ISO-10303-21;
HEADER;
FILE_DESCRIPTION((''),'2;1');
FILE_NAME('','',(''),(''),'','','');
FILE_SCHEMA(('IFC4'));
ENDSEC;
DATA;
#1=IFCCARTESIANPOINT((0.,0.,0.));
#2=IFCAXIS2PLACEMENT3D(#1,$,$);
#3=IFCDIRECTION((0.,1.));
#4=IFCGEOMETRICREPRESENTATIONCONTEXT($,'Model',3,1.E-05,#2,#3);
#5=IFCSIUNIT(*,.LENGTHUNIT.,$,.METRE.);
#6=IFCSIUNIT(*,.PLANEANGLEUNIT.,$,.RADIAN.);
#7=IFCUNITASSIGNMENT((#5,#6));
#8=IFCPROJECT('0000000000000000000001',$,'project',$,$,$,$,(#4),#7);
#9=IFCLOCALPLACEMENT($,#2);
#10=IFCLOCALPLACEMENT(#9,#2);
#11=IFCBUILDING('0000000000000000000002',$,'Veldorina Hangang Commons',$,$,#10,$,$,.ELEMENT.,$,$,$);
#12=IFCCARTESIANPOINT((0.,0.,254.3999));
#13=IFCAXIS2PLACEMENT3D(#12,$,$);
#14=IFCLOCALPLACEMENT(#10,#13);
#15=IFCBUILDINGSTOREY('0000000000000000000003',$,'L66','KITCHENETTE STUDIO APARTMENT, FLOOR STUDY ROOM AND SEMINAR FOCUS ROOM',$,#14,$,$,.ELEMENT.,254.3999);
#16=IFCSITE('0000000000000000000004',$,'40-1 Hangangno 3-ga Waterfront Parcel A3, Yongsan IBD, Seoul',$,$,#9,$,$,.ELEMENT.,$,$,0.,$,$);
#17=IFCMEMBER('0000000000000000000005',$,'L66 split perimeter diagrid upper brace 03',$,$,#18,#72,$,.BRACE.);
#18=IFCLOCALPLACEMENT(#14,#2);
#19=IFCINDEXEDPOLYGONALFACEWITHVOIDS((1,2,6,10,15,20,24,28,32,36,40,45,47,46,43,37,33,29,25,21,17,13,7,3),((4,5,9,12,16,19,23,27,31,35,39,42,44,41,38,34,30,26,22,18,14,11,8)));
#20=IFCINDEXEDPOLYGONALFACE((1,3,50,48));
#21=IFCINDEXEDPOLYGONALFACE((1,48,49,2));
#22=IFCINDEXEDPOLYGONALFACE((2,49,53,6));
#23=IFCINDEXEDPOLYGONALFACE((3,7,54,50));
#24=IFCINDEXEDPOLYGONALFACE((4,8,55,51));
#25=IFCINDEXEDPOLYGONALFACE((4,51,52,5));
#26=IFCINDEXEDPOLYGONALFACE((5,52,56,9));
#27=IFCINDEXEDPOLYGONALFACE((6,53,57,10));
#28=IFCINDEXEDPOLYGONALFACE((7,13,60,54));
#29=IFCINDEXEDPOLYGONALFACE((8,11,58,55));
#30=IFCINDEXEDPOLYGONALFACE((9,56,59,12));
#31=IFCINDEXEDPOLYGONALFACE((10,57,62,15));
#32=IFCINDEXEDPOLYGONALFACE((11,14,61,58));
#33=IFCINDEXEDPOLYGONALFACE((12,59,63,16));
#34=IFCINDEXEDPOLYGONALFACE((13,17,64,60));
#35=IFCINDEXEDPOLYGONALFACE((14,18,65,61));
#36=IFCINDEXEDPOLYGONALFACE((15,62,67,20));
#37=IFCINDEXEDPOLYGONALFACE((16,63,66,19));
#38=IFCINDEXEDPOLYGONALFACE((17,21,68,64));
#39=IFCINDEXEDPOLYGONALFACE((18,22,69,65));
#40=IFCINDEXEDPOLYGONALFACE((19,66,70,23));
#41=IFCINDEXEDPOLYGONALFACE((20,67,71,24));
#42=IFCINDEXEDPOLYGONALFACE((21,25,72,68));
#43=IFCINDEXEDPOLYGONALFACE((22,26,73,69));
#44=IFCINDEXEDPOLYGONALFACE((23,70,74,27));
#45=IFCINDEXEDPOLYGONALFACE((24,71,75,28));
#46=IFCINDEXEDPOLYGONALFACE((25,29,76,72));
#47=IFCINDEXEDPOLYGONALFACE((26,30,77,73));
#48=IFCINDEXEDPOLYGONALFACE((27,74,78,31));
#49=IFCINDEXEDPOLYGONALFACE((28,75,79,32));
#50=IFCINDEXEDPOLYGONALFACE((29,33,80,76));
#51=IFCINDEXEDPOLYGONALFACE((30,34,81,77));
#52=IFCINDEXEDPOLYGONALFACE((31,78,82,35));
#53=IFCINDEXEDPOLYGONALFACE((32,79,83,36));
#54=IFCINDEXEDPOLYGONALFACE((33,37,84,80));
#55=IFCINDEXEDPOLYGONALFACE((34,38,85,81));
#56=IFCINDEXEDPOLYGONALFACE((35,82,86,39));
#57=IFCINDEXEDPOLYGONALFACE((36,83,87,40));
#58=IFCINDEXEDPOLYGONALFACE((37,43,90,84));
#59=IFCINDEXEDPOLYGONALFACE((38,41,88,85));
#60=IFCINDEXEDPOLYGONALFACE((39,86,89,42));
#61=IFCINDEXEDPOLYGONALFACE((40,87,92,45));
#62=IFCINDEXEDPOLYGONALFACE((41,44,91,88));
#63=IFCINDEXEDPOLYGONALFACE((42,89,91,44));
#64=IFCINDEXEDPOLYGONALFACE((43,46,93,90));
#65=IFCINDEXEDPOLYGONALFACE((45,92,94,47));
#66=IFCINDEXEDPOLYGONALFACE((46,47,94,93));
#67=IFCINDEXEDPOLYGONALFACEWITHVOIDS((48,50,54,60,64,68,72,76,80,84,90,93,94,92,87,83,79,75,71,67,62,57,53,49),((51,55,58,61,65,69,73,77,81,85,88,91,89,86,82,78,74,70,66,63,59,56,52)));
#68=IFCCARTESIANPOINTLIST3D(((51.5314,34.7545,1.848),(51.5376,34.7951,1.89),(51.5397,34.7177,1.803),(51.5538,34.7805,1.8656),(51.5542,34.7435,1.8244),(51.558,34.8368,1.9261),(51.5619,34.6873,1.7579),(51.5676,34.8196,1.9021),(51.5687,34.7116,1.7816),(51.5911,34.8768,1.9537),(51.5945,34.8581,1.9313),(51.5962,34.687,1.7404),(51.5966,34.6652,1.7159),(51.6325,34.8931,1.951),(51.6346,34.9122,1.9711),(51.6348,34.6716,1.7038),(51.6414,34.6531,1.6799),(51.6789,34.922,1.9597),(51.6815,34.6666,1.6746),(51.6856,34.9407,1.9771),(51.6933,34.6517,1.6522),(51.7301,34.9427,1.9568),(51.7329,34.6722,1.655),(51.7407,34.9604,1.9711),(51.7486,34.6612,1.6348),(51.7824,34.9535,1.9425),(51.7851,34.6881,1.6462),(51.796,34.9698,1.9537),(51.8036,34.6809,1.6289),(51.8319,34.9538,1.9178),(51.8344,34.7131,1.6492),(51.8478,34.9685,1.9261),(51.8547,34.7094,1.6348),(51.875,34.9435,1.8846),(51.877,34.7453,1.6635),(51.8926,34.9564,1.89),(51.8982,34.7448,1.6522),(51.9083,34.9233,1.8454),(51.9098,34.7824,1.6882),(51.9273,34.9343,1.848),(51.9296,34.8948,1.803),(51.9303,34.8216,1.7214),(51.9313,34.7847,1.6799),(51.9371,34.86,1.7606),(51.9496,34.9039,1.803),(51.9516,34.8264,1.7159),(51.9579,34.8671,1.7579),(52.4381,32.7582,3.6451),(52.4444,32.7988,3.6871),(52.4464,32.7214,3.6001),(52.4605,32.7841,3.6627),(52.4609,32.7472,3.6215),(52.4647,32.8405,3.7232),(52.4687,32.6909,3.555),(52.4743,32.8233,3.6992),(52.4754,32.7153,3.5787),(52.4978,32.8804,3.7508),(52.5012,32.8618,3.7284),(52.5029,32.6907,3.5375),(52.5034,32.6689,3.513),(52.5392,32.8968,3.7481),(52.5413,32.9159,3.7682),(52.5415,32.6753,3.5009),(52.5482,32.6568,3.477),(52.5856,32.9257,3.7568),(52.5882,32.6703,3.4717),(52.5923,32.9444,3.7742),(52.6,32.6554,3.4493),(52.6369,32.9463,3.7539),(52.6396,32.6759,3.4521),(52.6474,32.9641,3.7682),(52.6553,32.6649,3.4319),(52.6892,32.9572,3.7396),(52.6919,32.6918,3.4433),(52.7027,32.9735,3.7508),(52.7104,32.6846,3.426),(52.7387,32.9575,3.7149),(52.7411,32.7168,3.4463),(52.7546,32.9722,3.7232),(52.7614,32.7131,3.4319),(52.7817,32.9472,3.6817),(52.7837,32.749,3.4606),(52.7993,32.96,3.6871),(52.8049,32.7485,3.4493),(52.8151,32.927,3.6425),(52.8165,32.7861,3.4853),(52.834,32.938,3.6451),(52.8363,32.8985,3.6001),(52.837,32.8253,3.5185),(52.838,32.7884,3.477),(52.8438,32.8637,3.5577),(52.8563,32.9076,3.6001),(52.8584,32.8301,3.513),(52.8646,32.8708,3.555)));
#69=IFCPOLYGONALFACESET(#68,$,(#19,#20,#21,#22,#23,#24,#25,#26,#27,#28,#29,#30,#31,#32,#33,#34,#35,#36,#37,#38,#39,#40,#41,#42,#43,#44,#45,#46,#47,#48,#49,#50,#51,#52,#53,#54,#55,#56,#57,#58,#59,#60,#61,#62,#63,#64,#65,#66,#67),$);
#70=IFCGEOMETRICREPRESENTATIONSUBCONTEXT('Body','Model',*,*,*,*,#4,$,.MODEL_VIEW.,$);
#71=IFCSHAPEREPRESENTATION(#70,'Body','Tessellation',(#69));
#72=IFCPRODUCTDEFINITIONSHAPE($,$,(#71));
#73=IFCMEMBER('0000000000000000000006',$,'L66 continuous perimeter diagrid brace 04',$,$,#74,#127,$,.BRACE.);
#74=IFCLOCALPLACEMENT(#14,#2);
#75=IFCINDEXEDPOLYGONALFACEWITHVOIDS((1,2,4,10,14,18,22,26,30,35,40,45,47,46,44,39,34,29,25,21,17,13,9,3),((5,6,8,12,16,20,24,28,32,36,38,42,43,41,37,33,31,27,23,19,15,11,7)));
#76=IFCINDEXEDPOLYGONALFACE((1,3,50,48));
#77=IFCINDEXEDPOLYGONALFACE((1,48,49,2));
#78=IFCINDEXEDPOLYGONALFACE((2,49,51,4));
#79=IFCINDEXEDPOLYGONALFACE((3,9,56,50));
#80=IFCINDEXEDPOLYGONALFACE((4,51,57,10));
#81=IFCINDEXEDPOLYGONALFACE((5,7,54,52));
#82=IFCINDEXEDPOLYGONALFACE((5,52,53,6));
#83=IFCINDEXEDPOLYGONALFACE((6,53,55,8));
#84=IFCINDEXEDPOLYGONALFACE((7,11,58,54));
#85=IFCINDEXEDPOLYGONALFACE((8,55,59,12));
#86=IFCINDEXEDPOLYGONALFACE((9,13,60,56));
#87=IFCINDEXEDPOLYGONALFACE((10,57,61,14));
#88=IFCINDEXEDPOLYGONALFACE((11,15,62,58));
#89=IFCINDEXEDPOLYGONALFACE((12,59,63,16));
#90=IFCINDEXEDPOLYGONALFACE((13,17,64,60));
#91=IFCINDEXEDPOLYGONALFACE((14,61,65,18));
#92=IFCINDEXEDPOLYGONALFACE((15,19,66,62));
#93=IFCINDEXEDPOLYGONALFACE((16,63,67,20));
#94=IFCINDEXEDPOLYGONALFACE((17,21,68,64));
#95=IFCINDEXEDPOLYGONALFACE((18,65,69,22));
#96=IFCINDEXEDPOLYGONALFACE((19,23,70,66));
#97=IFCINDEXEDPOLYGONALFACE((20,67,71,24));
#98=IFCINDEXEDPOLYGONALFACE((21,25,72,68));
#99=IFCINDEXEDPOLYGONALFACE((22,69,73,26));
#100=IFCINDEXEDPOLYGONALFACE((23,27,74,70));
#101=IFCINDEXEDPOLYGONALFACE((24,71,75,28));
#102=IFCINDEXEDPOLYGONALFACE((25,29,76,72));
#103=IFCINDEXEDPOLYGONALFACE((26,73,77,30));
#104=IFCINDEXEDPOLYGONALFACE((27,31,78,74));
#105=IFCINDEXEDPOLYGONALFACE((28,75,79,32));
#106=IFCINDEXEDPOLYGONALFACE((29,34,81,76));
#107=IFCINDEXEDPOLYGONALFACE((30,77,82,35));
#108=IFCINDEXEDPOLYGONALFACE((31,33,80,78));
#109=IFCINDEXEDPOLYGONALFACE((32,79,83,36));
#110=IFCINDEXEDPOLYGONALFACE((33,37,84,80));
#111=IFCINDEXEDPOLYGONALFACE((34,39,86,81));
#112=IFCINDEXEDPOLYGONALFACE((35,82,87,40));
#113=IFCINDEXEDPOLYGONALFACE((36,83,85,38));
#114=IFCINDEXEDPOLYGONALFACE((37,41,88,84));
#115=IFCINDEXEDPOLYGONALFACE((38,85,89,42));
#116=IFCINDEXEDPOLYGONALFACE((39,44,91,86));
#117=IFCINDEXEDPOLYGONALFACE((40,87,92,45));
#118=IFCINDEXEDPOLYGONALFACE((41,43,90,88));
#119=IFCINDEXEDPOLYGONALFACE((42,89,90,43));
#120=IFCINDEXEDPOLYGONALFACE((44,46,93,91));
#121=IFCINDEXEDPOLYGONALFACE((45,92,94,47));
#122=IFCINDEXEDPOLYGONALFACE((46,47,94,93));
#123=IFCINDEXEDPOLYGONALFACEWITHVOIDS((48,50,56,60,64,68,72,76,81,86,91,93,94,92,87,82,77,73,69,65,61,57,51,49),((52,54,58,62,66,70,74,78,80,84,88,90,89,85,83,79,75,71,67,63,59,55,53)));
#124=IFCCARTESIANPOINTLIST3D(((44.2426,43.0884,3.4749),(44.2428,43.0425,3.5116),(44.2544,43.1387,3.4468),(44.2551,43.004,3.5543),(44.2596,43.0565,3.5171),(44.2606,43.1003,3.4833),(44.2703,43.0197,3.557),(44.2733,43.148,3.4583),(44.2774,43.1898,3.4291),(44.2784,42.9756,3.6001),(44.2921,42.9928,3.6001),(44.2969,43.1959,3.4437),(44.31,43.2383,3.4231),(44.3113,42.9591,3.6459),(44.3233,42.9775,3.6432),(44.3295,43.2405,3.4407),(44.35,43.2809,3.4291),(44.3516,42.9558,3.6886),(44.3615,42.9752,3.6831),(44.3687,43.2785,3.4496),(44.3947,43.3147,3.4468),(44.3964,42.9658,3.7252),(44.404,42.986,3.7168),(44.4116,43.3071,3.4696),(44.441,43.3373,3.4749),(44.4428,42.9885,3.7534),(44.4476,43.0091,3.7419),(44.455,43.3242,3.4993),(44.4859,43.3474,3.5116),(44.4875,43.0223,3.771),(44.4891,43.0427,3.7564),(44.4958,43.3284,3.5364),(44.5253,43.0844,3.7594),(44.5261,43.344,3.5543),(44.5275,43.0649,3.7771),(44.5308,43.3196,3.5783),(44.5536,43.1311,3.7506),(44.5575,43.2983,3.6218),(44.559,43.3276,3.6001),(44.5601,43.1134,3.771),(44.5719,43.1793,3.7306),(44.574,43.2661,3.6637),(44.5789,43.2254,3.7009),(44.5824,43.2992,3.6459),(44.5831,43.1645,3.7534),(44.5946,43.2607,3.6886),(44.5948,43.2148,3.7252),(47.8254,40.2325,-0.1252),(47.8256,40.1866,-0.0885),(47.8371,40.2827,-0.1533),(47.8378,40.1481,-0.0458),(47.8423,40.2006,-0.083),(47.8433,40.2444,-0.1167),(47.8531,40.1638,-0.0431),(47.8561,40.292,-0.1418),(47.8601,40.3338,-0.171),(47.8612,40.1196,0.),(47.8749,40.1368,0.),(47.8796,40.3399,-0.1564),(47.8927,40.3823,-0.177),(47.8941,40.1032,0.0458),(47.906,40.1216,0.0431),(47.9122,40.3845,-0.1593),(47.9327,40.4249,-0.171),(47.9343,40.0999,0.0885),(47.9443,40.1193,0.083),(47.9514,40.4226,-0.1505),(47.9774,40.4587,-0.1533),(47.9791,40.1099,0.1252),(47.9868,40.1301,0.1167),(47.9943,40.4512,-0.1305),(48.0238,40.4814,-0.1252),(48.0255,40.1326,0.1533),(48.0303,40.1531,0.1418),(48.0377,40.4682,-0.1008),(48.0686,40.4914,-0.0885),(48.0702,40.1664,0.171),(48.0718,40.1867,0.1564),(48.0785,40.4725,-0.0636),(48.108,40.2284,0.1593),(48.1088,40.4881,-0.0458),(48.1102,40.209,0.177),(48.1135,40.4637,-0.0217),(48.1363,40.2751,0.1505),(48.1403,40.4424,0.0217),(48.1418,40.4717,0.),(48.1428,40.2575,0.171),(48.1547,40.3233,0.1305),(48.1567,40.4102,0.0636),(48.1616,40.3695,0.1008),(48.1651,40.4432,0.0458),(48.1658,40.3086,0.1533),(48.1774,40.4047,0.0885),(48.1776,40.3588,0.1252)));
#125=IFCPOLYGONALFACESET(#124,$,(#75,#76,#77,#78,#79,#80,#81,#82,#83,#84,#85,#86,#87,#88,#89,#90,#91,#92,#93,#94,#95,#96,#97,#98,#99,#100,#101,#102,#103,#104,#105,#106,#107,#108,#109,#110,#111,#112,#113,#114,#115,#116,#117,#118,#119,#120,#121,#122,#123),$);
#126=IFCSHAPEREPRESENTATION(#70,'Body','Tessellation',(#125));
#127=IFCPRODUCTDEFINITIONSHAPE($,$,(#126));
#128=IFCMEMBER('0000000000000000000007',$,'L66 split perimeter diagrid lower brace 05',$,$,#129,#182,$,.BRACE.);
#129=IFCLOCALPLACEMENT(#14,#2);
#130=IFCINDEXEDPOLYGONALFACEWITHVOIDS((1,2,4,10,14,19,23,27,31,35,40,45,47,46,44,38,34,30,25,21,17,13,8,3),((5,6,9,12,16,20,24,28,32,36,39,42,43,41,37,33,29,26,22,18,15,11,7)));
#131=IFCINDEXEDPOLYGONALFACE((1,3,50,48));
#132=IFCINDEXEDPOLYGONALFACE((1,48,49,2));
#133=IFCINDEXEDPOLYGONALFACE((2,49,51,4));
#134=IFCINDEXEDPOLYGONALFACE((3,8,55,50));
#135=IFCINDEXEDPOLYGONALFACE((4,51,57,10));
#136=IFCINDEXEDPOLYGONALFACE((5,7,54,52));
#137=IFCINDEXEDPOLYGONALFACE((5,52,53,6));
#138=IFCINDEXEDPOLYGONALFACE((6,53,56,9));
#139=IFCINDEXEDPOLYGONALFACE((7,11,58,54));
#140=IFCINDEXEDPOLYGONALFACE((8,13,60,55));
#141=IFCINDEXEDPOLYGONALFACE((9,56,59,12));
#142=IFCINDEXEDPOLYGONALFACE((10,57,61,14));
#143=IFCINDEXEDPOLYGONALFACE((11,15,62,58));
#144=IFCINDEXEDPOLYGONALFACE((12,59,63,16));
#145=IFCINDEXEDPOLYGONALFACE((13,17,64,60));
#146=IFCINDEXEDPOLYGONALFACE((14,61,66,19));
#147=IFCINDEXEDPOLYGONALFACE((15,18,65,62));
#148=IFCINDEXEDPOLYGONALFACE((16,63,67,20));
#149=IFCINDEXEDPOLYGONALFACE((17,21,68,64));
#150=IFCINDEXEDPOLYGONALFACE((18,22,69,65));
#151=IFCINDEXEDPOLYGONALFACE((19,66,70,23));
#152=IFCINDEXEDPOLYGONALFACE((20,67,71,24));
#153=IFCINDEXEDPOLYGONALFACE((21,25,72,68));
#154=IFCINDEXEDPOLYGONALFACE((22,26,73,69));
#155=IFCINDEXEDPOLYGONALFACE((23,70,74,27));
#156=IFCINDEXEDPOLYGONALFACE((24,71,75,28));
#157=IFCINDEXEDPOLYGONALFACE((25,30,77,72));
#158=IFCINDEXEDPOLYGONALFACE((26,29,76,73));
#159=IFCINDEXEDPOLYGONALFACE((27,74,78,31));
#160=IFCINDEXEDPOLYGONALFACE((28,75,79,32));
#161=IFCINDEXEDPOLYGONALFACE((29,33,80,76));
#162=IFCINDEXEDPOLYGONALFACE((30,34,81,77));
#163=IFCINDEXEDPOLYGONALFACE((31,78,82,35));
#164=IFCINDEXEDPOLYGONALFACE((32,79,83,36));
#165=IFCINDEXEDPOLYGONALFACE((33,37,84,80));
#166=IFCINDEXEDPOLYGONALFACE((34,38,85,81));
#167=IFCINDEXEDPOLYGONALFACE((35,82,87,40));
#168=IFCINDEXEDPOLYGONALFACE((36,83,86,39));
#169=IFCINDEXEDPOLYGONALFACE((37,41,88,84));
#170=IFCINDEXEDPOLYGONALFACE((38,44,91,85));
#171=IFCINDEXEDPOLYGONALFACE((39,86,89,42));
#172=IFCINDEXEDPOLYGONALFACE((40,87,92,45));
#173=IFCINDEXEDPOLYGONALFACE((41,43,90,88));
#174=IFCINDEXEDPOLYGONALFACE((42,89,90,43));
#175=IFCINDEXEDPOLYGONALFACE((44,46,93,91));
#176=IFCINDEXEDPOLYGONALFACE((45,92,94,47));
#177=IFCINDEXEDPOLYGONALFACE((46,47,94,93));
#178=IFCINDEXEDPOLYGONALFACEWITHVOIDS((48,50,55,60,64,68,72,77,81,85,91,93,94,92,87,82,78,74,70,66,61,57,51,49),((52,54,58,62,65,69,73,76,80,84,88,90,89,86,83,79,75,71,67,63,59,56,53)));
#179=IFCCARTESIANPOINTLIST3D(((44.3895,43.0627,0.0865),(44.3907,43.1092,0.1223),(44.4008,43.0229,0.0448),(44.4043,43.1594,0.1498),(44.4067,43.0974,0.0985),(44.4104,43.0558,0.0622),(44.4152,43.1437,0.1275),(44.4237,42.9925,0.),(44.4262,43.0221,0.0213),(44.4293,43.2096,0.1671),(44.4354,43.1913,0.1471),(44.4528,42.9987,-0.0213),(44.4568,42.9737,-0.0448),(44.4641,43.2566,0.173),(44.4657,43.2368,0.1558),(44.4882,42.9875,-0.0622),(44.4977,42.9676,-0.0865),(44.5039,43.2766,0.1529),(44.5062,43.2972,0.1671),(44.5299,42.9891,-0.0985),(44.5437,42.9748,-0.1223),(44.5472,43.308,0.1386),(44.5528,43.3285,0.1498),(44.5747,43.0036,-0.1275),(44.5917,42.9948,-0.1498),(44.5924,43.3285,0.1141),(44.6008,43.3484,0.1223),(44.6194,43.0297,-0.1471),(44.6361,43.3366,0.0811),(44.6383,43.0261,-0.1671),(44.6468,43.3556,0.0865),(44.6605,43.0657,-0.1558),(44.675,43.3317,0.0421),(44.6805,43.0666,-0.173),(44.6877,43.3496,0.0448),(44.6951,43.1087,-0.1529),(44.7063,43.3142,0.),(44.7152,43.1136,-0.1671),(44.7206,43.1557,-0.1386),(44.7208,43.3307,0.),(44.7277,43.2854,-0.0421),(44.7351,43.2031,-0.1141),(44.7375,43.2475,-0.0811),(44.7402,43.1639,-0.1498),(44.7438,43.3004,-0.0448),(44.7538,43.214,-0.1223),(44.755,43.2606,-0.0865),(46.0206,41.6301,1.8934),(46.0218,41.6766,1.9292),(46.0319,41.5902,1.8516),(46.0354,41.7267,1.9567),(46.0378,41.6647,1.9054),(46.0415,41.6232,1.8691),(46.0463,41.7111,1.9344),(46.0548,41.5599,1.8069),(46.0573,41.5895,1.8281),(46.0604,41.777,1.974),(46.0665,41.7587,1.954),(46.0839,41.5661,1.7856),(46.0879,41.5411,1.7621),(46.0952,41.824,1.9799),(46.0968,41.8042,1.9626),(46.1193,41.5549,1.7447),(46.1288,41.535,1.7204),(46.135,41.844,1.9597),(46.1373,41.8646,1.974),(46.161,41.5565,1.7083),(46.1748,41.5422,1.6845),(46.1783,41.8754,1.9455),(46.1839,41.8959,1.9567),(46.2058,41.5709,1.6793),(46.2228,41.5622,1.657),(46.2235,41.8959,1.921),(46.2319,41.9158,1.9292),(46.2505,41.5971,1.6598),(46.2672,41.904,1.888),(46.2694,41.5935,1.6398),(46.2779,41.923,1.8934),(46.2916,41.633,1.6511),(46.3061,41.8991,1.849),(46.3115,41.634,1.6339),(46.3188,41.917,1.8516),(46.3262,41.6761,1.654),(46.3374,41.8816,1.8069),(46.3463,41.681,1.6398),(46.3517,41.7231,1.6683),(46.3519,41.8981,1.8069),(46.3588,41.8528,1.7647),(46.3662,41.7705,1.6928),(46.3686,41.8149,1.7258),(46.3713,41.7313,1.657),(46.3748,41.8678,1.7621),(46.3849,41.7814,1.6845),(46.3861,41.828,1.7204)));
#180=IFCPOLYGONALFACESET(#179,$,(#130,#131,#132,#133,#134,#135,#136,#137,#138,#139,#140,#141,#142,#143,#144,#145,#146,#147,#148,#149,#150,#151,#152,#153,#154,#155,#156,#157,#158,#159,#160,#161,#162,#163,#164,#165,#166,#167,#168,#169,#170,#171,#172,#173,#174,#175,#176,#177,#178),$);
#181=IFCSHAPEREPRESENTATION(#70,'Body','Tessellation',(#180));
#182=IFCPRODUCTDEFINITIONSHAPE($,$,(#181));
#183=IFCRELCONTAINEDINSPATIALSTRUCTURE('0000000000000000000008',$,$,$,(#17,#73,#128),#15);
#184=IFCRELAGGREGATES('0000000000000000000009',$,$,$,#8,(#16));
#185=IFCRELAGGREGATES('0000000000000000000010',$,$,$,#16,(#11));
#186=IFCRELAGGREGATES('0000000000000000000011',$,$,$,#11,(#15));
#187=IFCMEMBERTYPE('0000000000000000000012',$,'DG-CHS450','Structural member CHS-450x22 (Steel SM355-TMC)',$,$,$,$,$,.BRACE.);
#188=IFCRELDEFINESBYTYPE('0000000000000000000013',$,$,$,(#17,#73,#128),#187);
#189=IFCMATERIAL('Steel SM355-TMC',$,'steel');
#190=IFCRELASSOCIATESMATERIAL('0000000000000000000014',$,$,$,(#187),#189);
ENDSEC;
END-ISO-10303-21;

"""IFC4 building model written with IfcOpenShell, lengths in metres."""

from ifc_helpers import new_model, si_unit, direction, frame, origin, origin_2d, place, context, subcontext, project, spatial, hollow_circle, extrude, material, material_profile, profile_set, type_object, element, save


model = new_model("IFC4")

# Units and contexts
model_context = context("Model", 3, precision=1e-05, world=origin(), true_north=direction((0.0, 1.0)))
body_context = subcontext(model_context, "Body", "Model", "MODEL_VIEW")
ifc_project = project(units=[si_unit("LENGTHUNIT", "METRE"), si_unit("PLANEANGLEUNIT", "RADIAN")], contexts=[model_context])

# Site, building, storey
site_placement = place(None, origin())
site = spatial("IfcSite", under=ifc_project, at=site_placement, Name="40-1 Hangangno 3-ga Waterfront Parcel A3, Yongsan IBD, Seoul", CompositionType="ELEMENT", RefElevation=0.0)
building_placement = place(site_placement, origin())
building = spatial("IfcBuilding", under=site, at=building_placement, Name="Veldorina Hangang Commons", CompositionType="ELEMENT")
storey_placement = place(building_placement, frame((0.0, 0.0, 254.3999)))
storey = spatial("IfcBuildingStorey", under=building, at=storey_placement, Name="L66", Description="KITCHENETTE STUDIO APARTMENT, FLOOR STUDY ROOM AND SEMINAR FOCUS ROOM", CompositionType="ELEMENT", Elevation=254.3999)

# Shared definitions
ifc_material_1 = material(Name="Steel SM355-TMC", Category="steel")

# Members
ifc_material_profile_1 = material_profile(ifc_material_1, hollow_circle(Radius=0.2251, WallThickness=0.022, at=origin_2d()), Name="CHS-450x22")
ifc_profile_set_1 = profile_set([ifc_material_profile_1], Name="Steel SM355-TMC")
member_type_1 = type_object("IfcMemberType", Name="DG-CHS450", Description="Structural member CHS-450x22 (Steel SM355-TMC)", PredefinedType="BRACE", material=ifc_profile_set_1)
member_1_placement = place(storey_placement, frame((51.7446, 34.8108, 1.803), z_axis=(0.319838, -0.704178, 0.633906), x_axis=(0.910485, 0.413543, 0.0)))
element("IfcMember", 1, at=member_1_placement, inside=storey, type_object=member_type_1, Name="L66 split perimeter diagrid upper brace 03", PredefinedType="BRACE", context=body_context, shape_type="SweptSolid", body=[
    extrude(hollow_circle(Radius=0.2251, WallThickness=0.022, at=origin_2d()), origin(), (0.0, 0.0, 1.0), 2.835),
])
member_2_placement = place(storey_placement, frame((48.0015, 40.2957, 0.0), z_axis=(-0.614861, 0.490129, 0.617835), x_axis=(-0.623329, -0.781959, 0.0)))
element("IfcMember", 2, at=member_2_placement, inside=storey, type_object=member_type_1, Name="L66 continuous perimeter diagrid brace 04", PredefinedType="BRACE", context=body_context, shape_type="SweptSolid", body=[
    extrude(hollow_circle(Radius=0.2251, WallThickness=0.022, at=origin_2d()), origin(), (0.0, 0.0, 1.0), 5.8269),
])
member_3_placement = place(storey_placement, frame((44.5723, 43.1616, 0.0), z_axis=(0.577487, -0.507213, 0.639722), x_axis=(0.659913, 0.751342, 0.0)))
element("IfcMember", 3, at=member_3_placement, inside=storey, type_object=member_type_1, Name="L66 split perimeter diagrid lower brace 05", PredefinedType="BRACE", context=body_context, shape_type="SweptSolid", body=[
    extrude(hollow_circle(Radius=0.2251, WallThickness=0.022, at=origin_2d()), origin(), (0.0, 0.0, 1.0), 2.8245),
])

save(model, "model.ifc")
